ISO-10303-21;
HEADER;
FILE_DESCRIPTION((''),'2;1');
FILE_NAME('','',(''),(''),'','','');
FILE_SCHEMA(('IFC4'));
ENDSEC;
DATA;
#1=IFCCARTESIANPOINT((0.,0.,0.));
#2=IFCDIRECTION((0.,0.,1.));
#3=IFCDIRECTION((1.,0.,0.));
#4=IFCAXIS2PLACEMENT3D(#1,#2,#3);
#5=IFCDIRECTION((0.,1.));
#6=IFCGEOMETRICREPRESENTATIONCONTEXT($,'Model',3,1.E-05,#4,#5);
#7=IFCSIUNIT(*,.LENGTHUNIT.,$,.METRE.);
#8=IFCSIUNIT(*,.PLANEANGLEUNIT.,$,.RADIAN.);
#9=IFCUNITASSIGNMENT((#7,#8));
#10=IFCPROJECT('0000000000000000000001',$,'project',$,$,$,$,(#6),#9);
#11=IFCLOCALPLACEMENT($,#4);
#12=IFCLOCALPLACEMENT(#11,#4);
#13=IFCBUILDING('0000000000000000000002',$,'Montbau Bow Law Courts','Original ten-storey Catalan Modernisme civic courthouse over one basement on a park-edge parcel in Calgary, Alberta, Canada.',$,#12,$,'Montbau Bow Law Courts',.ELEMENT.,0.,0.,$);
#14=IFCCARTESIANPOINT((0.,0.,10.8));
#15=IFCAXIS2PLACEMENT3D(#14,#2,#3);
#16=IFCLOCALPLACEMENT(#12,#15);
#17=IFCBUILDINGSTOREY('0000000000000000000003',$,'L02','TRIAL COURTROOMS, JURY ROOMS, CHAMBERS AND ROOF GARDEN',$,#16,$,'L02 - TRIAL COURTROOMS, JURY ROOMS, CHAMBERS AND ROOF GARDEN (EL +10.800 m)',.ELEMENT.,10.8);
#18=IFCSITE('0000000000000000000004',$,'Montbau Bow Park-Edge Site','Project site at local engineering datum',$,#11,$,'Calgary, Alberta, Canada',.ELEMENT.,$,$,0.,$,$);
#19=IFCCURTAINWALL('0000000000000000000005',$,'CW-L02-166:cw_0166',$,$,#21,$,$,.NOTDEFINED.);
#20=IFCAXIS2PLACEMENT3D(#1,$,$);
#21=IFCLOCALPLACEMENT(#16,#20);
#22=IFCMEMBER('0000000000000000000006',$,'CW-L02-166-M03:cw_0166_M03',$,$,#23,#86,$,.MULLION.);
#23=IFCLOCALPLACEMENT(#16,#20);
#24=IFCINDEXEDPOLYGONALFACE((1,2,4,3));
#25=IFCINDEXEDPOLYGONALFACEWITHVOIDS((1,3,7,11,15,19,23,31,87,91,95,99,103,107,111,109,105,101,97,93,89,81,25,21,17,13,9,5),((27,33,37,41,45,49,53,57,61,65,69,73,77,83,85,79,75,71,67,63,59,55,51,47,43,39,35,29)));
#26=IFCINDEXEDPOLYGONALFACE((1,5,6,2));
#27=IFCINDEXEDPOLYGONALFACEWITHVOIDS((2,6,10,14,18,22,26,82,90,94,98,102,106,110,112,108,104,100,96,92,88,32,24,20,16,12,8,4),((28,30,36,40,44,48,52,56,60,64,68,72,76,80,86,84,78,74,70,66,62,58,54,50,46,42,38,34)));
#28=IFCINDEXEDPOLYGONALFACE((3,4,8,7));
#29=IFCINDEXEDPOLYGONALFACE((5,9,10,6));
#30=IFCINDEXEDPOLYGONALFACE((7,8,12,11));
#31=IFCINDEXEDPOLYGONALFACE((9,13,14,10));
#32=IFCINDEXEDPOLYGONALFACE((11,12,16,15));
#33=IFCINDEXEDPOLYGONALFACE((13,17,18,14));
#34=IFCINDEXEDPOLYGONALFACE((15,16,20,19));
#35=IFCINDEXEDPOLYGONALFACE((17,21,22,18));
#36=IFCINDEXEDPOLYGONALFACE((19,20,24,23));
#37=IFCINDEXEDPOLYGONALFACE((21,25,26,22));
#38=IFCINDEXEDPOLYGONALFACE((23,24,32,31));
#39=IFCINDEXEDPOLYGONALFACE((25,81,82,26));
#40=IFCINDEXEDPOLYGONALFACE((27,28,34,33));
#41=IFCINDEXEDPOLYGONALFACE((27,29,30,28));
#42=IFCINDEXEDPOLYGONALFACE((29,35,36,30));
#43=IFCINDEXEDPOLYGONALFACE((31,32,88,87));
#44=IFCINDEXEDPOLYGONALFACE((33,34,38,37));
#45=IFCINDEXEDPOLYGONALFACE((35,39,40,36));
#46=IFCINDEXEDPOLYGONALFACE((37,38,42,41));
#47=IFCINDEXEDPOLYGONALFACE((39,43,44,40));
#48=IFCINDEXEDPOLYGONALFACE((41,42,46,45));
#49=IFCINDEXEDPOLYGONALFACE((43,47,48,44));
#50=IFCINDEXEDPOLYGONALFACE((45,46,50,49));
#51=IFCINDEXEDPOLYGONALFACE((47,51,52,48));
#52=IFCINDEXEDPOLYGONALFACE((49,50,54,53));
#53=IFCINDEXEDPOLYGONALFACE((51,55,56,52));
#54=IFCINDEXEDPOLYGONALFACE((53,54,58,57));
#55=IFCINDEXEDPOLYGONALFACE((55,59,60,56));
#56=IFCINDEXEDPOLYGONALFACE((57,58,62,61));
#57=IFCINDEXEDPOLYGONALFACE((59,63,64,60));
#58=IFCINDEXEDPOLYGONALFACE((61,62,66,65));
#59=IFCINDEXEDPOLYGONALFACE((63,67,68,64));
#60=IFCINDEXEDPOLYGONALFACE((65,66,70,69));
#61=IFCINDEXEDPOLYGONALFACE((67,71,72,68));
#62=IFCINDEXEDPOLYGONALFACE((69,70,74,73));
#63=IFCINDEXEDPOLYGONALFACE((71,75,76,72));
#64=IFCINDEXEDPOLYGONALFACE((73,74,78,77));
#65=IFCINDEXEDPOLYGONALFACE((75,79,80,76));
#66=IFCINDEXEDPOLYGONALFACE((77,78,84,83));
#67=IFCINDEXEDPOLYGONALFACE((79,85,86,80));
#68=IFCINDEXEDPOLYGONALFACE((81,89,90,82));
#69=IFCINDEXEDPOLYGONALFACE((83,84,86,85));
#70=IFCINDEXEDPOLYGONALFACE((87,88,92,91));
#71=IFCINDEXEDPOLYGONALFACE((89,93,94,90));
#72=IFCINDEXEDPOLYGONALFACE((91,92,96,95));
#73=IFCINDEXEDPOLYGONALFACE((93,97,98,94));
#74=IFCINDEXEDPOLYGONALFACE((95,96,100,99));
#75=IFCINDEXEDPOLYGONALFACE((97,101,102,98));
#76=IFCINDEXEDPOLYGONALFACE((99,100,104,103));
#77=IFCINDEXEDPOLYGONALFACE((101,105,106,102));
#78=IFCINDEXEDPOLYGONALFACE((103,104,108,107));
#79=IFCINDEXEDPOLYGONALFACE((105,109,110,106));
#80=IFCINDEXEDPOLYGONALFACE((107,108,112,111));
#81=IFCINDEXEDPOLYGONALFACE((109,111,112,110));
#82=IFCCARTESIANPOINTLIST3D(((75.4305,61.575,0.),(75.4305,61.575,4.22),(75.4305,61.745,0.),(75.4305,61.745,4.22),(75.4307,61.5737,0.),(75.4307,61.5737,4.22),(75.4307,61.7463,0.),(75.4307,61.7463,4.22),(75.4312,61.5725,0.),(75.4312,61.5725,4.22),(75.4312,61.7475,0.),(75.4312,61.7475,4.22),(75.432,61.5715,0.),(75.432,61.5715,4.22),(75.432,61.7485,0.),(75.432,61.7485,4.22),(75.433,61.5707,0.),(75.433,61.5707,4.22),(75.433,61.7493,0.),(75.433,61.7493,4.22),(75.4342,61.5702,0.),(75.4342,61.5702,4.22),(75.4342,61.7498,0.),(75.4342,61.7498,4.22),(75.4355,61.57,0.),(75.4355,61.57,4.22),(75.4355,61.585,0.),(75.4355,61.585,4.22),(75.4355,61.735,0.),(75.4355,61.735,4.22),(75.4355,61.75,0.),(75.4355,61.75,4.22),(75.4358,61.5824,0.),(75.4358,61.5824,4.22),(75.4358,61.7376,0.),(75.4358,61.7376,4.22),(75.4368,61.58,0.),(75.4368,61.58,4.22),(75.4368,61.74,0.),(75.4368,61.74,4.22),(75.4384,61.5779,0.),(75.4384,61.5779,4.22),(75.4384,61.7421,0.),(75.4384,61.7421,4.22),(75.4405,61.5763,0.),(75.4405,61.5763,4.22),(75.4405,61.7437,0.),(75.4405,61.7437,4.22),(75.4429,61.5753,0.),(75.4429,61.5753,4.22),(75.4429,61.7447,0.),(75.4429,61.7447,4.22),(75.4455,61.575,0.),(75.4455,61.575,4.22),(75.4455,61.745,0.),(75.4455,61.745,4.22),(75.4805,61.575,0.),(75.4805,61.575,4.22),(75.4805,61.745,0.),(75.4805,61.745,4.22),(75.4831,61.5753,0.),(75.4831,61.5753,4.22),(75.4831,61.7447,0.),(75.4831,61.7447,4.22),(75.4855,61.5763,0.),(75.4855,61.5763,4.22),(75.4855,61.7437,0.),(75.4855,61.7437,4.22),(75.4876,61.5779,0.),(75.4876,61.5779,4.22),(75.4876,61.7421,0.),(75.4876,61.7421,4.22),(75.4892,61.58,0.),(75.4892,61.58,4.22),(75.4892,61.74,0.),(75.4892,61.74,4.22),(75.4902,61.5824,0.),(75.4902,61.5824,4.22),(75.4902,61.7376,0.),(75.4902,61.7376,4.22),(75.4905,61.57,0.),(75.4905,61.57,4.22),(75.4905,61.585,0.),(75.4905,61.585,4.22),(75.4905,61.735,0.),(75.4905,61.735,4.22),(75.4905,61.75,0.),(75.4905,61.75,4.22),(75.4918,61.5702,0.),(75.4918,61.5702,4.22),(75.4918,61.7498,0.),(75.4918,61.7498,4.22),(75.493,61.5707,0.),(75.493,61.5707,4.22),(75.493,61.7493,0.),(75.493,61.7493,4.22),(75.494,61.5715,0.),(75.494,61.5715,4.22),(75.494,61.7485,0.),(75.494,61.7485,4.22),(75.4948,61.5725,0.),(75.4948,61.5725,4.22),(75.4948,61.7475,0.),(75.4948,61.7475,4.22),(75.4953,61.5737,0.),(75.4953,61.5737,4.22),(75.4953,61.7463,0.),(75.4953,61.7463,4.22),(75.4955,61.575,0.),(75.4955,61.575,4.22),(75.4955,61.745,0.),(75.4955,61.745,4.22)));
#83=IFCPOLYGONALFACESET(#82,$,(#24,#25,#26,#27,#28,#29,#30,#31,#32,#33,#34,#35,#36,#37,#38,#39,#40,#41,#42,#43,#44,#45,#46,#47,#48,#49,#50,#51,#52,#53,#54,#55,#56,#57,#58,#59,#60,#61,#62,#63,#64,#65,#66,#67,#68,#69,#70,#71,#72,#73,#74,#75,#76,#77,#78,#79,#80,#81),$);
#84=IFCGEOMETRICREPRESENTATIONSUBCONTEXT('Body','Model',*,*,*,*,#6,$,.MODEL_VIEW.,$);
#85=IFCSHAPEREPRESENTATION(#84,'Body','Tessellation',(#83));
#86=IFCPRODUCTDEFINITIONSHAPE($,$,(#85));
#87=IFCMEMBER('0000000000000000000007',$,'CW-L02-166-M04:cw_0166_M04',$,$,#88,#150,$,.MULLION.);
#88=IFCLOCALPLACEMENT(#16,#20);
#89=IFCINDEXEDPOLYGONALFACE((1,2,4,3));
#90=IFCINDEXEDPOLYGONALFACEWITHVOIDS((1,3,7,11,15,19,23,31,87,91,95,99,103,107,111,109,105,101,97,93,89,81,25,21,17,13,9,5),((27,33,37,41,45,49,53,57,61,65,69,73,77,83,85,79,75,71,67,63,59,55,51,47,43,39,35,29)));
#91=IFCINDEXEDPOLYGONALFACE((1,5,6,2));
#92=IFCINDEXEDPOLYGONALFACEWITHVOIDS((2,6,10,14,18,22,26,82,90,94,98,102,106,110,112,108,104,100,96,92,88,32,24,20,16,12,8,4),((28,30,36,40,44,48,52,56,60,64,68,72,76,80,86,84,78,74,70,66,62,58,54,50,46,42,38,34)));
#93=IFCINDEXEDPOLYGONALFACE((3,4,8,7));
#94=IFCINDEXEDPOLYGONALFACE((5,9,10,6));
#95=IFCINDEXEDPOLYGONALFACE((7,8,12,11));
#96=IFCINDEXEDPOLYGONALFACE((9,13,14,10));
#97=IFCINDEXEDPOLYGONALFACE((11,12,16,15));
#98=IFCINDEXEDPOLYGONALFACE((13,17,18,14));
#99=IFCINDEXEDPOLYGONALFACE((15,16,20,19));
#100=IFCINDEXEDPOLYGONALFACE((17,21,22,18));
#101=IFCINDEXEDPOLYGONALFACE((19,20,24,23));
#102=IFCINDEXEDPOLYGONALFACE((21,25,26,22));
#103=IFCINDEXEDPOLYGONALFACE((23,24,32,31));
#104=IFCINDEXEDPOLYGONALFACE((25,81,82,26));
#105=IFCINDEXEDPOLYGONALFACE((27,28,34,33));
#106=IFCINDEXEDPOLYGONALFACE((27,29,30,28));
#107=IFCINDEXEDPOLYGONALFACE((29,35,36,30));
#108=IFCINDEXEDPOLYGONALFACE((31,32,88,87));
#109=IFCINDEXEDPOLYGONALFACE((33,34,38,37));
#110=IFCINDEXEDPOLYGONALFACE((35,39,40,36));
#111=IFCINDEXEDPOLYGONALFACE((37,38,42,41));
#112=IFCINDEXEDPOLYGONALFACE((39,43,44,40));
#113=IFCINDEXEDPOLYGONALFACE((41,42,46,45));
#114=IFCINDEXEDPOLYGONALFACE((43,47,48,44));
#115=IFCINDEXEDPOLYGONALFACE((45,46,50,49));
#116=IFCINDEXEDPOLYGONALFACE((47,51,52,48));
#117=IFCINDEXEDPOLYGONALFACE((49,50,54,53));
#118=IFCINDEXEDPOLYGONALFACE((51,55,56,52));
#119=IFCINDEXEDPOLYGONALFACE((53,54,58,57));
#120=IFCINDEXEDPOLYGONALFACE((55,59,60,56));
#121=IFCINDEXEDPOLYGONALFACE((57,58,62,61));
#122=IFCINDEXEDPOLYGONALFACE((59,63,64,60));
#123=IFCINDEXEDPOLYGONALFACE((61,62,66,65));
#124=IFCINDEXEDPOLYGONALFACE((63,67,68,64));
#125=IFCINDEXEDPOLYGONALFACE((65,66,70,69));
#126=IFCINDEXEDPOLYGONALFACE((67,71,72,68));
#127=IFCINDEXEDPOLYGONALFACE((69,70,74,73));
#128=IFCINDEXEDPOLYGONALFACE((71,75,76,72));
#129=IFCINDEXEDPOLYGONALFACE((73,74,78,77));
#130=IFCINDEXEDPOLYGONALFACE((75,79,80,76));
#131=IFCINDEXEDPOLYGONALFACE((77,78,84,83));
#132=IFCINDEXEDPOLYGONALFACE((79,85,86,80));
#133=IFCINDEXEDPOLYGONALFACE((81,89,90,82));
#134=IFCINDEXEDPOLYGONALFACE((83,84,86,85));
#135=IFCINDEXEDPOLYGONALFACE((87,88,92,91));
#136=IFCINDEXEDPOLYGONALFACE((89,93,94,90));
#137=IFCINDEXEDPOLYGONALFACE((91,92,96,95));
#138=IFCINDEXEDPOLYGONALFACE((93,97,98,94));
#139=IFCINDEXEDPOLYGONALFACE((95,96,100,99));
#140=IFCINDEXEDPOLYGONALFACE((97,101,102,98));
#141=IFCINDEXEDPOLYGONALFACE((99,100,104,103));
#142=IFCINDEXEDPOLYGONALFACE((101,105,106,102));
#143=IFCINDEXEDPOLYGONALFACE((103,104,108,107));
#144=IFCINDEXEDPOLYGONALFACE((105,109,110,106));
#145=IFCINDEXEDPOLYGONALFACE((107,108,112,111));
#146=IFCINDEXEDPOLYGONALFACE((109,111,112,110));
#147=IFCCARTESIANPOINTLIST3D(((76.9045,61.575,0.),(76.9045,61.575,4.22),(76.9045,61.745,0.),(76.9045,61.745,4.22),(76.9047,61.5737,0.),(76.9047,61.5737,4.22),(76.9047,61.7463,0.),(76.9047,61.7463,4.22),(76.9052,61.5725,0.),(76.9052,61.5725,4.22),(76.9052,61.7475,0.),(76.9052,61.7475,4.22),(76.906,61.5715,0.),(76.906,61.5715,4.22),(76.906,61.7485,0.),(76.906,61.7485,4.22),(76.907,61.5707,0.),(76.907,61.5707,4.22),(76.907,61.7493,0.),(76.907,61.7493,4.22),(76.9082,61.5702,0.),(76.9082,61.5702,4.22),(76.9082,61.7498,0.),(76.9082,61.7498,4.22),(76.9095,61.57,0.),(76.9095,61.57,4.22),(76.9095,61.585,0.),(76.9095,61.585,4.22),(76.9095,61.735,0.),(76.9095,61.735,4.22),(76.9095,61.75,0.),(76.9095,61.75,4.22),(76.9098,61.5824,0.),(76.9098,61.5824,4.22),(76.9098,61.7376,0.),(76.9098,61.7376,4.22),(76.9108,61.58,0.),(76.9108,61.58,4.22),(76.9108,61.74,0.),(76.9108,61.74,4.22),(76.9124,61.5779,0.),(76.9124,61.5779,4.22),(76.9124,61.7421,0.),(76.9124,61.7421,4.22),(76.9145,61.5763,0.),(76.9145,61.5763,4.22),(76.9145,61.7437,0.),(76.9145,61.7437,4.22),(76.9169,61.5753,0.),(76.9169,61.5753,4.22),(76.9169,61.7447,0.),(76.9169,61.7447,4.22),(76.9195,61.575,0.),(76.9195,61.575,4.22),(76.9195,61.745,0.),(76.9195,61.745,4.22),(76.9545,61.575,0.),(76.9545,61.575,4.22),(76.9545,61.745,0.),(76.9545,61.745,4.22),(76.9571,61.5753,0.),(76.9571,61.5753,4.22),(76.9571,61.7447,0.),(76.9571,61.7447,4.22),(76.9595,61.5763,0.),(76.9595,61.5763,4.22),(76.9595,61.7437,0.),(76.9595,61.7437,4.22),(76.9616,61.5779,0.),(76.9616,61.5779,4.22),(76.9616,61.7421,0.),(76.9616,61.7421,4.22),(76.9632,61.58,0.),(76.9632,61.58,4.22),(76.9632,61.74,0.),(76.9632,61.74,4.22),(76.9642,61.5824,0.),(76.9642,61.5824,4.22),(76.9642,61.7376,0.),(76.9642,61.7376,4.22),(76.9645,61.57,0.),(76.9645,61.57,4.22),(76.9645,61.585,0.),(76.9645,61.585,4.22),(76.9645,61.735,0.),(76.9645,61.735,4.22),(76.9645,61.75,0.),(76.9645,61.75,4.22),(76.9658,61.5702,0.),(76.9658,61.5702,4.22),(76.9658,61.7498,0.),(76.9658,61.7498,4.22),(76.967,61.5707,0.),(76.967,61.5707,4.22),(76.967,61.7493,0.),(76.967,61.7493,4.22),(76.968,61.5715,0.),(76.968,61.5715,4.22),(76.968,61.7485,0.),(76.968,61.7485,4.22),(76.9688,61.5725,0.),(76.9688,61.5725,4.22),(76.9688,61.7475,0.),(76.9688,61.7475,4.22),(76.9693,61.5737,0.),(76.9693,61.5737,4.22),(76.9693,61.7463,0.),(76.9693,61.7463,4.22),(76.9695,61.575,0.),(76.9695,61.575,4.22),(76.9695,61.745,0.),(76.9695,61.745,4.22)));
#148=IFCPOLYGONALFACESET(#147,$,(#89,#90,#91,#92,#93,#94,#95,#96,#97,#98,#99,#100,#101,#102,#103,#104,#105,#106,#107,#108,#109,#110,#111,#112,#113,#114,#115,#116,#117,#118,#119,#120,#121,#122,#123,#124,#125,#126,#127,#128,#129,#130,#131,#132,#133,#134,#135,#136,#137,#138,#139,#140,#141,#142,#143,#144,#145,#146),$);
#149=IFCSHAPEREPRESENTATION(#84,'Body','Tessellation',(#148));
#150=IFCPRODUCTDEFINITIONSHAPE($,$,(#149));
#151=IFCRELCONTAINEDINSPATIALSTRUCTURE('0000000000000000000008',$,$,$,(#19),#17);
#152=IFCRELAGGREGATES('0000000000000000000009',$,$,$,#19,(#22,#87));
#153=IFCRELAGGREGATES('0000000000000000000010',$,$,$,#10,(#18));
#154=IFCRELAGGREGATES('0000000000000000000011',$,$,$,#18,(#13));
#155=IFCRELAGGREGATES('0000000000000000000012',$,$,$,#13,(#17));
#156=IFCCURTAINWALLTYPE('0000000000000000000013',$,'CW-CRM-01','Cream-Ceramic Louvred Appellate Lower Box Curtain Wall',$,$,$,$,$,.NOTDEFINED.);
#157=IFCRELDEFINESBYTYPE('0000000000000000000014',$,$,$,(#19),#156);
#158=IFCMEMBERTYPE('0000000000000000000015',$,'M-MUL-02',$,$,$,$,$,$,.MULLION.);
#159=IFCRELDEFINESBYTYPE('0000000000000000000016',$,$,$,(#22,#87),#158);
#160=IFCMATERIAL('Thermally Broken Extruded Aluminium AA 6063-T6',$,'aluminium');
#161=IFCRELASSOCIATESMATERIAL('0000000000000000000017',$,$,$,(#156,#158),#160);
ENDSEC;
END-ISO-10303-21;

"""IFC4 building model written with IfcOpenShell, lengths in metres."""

from ifc_helpers import new_model, si_unit, direction, frame, origin_with_axes, origin_2d_with_axis, place, context, subcontext, project, spatial, hollow_rectangle, extrude, material, material_profile, profile_set, type_object, element, aggregate, save


model = new_model("IFC4")

# Units and contexts
model_context = context("Model", 3, precision=1e-05, world=origin_with_axes(), true_north=direction((0.0, 1.0)))
body_context = subcontext(model_context, "Body", "Model", "MODEL_VIEW")
ifc_project = project(units=[si_unit("LENGTHUNIT", "METRE"), si_unit("PLANEANGLEUNIT", "RADIAN")], contexts=[model_context])

# Site, building, storey
site_placement = place(None, origin_with_axes())
site = spatial("IfcSite", under=ifc_project, at=site_placement, Name="Montbau Bow Park-Edge Site", Description="Project site at local engineering datum", LongName="Calgary, Alberta, Canada", CompositionType="ELEMENT", RefElevation=0.0)
building_placement = place(site_placement, origin_with_axes())
building = spatial("IfcBuilding", under=site, at=building_placement, Name="Montbau Bow Law Courts", Description="Original ten-storey Catalan Modernisme civic courthouse over one basement on a park-edge parcel in Calgary, Alberta, Canada.", LongName="Montbau Bow Law Courts", CompositionType="ELEMENT", ElevationOfRefHeight=0.0, ElevationOfTerrain=0.0)
storey_placement = place(building_placement, frame((0.0, 0.0, 10.8), z_axis=(0.0, 0.0, 1.0), x_axis=(1.0, 0.0, 0.0)))
storey = spatial("IfcBuildingStorey", under=building, at=storey_placement, Name="L02", Description="TRIAL COURTROOMS, JURY ROOMS, CHAMBERS AND ROOF GARDEN", LongName="L02 - TRIAL COURTROOMS, JURY ROOMS, CHAMBERS AND ROOF GARDEN (EL +10.800 m)", CompositionType="ELEMENT", Elevation=10.8)

# Curtain wall, members
ifc_material_1 = material(Name="Thermally Broken Extruded Aluminium AA 6063-T6", Category="aluminium")
curtain_wall_type = type_object("IfcCurtainWallType", Name="CW-CRM-01", Description="Cream-Ceramic Louvred Appellate Lower Box Curtain Wall", PredefinedType="NOTDEFINED", material=ifc_material_1)
curtain_wall_placement = place(None, frame((72.515, 61.66, 10.8), z_axis=(0.0, 0.0, 1.0), x_axis=(1.0, 0.0, 0.0)))
curtain_wall = element("IfcCurtainWall", 1, at=curtain_wall_placement, inside=storey, type_object=curtain_wall_type, Name="CW-L02-166:cw_0166", PredefinedType="NOTDEFINED")
ifc_material_profile_1 = material_profile(ifc_material_1, hollow_rectangle(XDim=0.065, YDim=0.18, WallThickness=0.005, InnerFilletRadius=0.01, OuterFilletRadius=0.005, at=origin_2d_with_axis()), Name="CWM-180X65", Category="Main", Priority=0)
ifc_profile_set_1 = profile_set([ifc_material_profile_1], Name="Thermally Broken Extruded Aluminium AA 6063-T6")
member_type_1 = type_object("IfcMemberType", Name="M-MUL-02", PredefinedType="MULLION", material=ifc_profile_set_1)
member_1_placement = place(None, frame((75.463, 61.66, 10.8), z_axis=(0.0, 0.0, 1.0), x_axis=(1.0, 0.0, 0.0)))
member_1 = element("IfcMember", 2, at=member_1_placement, type_object=member_type_1, Name="CW-L02-166-M03:cw_0166_M03", PredefinedType="MULLION", context=body_context, shape_type="SweptSolid", body=[
    extrude(hollow_rectangle(XDim=0.065, YDim=0.18, WallThickness=0.005, InnerFilletRadius=0.01, OuterFilletRadius=0.005, at=origin_2d_with_axis()), origin_with_axes(), (0.0, 0.0, 1.0), 4.22),
])
member_2_placement = place(None, frame((76.937, 61.66, 10.8), z_axis=(0.0, 0.0, 1.0), x_axis=(1.0, 0.0, 0.0)))
member_2 = element("IfcMember", 3, at=member_2_placement, type_object=member_type_1, Name="CW-L02-166-M04:cw_0166_M04", PredefinedType="MULLION", context=body_context, shape_type="SweptSolid", body=[
    extrude(hollow_rectangle(XDim=0.065, YDim=0.18, WallThickness=0.005, InnerFilletRadius=0.01, OuterFilletRadius=0.005, at=origin_2d_with_axis()), origin_with_axes(), (0.0, 0.0, 1.0), 4.22),
])
aggregate(curtain_wall, [member_1, member_2])

save(model, "model.ifc")
